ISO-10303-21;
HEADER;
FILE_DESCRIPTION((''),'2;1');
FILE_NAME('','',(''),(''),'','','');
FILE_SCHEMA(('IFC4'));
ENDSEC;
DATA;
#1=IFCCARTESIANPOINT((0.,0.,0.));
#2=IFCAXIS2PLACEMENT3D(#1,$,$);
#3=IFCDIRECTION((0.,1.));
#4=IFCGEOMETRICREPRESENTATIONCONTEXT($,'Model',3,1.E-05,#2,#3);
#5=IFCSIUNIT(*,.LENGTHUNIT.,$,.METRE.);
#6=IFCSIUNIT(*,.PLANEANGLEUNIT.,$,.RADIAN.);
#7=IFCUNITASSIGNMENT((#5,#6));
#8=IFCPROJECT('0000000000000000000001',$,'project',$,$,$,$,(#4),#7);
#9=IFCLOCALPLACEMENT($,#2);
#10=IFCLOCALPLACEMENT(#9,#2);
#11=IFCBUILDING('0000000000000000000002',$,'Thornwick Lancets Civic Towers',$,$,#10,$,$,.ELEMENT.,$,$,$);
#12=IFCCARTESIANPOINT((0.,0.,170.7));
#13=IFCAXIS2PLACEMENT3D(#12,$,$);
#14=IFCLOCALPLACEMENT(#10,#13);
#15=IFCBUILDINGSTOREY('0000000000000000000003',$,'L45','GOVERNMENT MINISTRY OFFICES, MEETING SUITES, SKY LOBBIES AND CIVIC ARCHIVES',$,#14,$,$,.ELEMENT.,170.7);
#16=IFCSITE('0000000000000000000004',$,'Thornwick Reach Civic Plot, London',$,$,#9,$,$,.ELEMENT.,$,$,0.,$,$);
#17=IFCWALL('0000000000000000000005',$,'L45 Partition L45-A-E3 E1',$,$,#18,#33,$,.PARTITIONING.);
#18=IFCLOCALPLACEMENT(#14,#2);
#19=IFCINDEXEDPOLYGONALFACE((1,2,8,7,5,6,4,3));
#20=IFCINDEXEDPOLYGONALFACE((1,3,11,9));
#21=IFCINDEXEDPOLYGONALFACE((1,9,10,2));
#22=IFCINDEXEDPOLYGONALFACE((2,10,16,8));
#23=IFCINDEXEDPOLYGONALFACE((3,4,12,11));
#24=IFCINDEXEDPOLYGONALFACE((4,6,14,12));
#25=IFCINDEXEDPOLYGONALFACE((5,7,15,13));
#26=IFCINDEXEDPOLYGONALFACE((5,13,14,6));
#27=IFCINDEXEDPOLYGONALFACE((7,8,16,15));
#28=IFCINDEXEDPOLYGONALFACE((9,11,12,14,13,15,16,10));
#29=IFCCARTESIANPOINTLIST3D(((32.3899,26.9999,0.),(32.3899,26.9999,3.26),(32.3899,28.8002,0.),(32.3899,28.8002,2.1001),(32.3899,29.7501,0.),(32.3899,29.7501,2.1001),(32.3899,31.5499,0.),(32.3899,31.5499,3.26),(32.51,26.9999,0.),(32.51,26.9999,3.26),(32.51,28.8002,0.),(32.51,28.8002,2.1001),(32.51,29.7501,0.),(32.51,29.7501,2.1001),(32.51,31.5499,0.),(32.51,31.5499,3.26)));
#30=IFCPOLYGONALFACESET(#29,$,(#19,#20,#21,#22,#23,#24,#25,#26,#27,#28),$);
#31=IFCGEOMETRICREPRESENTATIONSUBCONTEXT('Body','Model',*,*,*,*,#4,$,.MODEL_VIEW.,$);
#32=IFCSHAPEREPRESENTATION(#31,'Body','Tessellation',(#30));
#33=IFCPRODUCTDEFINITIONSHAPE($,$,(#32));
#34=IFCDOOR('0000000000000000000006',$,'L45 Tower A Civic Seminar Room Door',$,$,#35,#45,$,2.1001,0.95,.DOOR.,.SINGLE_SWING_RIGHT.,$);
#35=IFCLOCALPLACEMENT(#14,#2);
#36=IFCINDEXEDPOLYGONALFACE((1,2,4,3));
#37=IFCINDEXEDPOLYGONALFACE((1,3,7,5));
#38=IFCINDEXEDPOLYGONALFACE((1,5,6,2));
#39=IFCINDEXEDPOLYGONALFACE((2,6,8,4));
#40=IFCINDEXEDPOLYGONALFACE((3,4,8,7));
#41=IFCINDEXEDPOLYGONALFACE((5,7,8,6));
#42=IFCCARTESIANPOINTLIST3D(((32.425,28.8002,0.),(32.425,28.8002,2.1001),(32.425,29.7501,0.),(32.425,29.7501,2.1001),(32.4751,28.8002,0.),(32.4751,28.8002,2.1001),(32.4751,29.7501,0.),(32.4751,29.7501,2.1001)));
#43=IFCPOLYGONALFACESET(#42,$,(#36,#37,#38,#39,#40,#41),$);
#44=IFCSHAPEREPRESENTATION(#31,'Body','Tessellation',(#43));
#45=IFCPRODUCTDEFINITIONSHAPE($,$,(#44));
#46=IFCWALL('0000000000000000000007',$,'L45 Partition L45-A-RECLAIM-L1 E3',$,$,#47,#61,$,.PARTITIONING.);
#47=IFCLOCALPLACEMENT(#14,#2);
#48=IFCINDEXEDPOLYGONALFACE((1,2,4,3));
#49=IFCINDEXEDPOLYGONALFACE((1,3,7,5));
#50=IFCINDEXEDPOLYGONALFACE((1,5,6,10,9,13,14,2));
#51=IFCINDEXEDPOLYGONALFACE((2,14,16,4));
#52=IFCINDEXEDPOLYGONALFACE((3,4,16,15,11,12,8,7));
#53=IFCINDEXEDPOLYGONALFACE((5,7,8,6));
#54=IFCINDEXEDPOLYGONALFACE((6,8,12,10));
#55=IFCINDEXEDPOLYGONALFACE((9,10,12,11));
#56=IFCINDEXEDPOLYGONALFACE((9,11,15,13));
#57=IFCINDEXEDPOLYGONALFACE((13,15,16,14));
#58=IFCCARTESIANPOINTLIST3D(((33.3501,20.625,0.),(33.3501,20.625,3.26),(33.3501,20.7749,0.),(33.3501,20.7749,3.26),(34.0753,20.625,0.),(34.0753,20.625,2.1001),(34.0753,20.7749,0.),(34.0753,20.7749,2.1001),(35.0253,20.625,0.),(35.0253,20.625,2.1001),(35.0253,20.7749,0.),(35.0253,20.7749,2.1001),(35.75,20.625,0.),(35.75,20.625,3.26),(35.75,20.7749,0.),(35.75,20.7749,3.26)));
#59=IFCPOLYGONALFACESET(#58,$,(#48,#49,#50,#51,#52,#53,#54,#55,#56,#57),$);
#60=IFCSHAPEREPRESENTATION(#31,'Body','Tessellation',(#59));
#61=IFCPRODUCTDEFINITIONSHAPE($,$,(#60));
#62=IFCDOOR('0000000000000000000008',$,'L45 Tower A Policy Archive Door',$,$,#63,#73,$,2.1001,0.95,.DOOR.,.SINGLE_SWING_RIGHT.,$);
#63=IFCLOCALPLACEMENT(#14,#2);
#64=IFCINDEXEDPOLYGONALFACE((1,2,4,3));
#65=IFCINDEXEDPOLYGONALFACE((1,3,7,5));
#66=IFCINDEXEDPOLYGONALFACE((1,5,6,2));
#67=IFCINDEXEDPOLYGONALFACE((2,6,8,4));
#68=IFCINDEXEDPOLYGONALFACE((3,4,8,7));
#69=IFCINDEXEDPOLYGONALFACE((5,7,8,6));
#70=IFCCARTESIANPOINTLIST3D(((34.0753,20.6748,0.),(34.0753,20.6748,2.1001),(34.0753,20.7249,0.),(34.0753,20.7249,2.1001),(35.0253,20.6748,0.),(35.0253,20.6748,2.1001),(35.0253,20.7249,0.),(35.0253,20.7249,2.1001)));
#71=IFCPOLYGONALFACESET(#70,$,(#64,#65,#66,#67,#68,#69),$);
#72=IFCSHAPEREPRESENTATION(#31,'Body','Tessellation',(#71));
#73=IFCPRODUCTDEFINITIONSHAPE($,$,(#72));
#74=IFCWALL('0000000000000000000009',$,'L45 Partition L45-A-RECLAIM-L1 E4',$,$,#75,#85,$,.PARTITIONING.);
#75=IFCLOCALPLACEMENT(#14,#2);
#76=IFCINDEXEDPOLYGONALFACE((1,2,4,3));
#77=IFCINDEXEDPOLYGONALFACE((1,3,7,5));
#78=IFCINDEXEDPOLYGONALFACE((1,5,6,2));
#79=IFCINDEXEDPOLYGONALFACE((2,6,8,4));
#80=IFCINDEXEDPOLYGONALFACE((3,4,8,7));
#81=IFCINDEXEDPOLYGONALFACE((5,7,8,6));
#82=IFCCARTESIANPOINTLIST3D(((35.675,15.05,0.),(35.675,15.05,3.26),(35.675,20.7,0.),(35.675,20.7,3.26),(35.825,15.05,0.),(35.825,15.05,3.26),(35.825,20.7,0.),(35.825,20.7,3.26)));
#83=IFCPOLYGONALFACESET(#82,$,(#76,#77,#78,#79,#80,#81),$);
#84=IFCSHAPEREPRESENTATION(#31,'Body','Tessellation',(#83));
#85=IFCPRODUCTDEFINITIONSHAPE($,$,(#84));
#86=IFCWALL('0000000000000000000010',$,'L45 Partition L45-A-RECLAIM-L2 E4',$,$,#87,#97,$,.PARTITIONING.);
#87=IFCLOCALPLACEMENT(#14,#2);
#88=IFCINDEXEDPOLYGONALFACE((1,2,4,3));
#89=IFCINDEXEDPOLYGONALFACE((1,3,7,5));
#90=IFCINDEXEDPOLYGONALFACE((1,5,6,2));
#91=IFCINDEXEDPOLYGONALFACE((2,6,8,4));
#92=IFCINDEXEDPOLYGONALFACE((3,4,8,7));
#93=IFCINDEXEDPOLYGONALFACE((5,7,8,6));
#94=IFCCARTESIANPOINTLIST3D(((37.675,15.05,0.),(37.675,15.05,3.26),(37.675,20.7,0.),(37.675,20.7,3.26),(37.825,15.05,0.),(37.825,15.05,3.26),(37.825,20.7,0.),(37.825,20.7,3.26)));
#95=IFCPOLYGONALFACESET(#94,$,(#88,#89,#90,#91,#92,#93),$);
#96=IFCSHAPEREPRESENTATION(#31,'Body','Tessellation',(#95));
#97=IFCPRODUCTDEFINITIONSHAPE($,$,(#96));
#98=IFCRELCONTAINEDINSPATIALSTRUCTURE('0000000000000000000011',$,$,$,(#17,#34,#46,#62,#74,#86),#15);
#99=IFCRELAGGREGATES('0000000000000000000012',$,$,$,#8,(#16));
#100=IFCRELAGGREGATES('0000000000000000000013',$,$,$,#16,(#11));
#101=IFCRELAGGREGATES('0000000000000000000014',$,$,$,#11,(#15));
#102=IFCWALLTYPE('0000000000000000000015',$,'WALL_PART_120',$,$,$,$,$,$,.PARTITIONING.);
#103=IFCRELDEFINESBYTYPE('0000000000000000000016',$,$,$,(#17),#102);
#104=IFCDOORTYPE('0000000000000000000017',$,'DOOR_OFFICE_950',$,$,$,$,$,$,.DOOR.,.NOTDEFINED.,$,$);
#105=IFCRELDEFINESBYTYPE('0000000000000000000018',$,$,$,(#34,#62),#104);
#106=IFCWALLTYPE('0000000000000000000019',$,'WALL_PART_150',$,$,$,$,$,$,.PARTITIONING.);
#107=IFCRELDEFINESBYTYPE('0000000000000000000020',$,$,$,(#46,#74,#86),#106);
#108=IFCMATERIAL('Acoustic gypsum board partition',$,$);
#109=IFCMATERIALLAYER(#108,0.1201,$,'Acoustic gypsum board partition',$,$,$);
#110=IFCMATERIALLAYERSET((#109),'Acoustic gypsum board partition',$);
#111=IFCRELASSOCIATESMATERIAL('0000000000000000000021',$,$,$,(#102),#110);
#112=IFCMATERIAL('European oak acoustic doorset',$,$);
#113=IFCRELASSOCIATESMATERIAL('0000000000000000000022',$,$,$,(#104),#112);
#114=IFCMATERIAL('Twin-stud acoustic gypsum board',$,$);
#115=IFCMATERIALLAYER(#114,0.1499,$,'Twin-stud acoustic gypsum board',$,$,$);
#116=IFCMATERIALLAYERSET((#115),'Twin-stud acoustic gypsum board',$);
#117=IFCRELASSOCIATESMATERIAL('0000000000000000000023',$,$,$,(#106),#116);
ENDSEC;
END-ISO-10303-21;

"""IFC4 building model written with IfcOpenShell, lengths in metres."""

from ifc_helpers import new_model, si_unit, direction, frame, frame_2d, origin, place, context, subcontext, project, spatial, rectangle, extrude, material, layer, layer_set, type_object, element, fill, save


model = new_model("IFC4")

# Units and contexts
model_context = context("Model", 3, precision=1e-05, world=origin(), true_north=direction((0.0, 1.0)))
body_context = subcontext(model_context, "Body", "Model", "MODEL_VIEW")
ifc_project = project(units=[si_unit("LENGTHUNIT", "METRE"), si_unit("PLANEANGLEUNIT", "RADIAN")], contexts=[model_context])

# Site, building, storey
site_placement = place(None, origin())
site = spatial("IfcSite", under=ifc_project, at=site_placement, Name="Thornwick Reach Civic Plot, London", CompositionType="ELEMENT", RefElevation=0.0)
building_placement = place(site_placement, origin())
building = spatial("IfcBuilding", under=site, at=building_placement, Name="Thornwick Lancets Civic Towers", CompositionType="ELEMENT")
storey_placement = place(building_placement, frame((0.0, 0.0, 170.7)))
storey = spatial("IfcBuildingStorey", under=building, at=storey_placement, Name="L45", Description="GOVERNMENT MINISTRY OFFICES, MEETING SUITES, SKY LOBBIES AND CIVIC ARCHIVES", CompositionType="ELEMENT", Elevation=170.7)

# Shared definitions
ifc_material_1 = material(Name="Acoustic gypsum board partition")
ifc_layer_1 = layer(ifc_material_1, 0.1201, Name="Acoustic gypsum board partition")
ifc_layer_set_1 = layer_set([ifc_layer_1], Name="Acoustic gypsum board partition")
wall_type_1 = type_object("IfcWallType", Name="WALL_PART_120", PredefinedType="PARTITIONING", material=ifc_layer_set_1)
ifc_material_2 = material(Name="European oak acoustic doorset")
door_type_1 = type_object("IfcDoorType", Name="DOOR_OFFICE_950", OperationType="NOTDEFINED", PredefinedType="DOOR", material=ifc_material_2)

# Walls, openings, doors
wall_1_placement = place(storey_placement, frame((32.45, 27.0, 0.0), z_axis=(0.0, 0.0, 1.0), x_axis=(0.0, 1.0, 0.0)))
wall_1 = element("IfcWall", 1, at=wall_1_placement, inside=storey, type_object=wall_type_1, Name="L45 Partition L45-A-E3 E1", PredefinedType="PARTITIONING", context=body_context, shape_type="SweptSolid", body=[
    extrude(rectangle(XDim=4.55, YDim=0.1201, at=frame_2d((2.2749, 0.0))), origin(), (0.0, 0.0, 1.0), 3.26),
])
opening_1_placement = place(wall_1_placement, frame((1.8, 0.0, 0.0)))
opening_1 = element("IfcOpeningElement", 2, at=opening_1_placement, cuts=wall_1, PredefinedType="OPENING", context=body_context, shape_type="SweptSolid", body=[
    extrude(rectangle(XDim=0.95, YDim=2.1001, at=frame_2d((0.4751, 1.05))), frame((0.0, 0.0701, 0.0), z_axis=(0.0, -1.0, 0.0), x_axis=(1.0, 0.0, 0.0)), (0.0, 0.0, 1.0), 0.1401),
])
door_1_placement = place(opening_1_placement, origin())
door_1 = element("IfcDoor", 3, at=door_1_placement, inside=storey, type_object=door_type_1, Name="L45 Tower A Civic Seminar Room Door", OperationType="SINGLE_SWING_RIGHT", OverallHeight=2.1001, OverallWidth=0.95, PredefinedType="DOOR", context=body_context, shape_type="SweptSolid", body=[
    extrude(rectangle(XDim=0.95, YDim=2.1001, at=frame_2d((0.4751, 1.05))), frame((0.0, 0.0249, 0.0), z_axis=(0.0, -1.0, 0.0), x_axis=(1.0, 0.0, 0.0)), (0.0, 0.0, 1.0), 0.05),
])
fill(opening_1, door_1)
ifc_material_3 = material(Name="Twin-stud acoustic gypsum board")
ifc_layer_2 = layer(ifc_material_3, 0.1499, Name="Twin-stud acoustic gypsum board")
ifc_layer_set_2 = layer_set([ifc_layer_2], Name="Twin-stud acoustic gypsum board")
wall_type_2 = type_object("IfcWallType", Name="WALL_PART_150", PredefinedType="PARTITIONING", material=ifc_layer_set_2)
wall_2_placement = place(storey_placement, frame((33.3501, 20.7, 0.0), z_axis=(0.0, 0.0, 1.0), x_axis=(1.0, 0.0, 0.0)))
wall_2 = element("IfcWall", 4, at=wall_2_placement, inside=storey, type_object=wall_type_2, Name="L45 Partition L45-A-RECLAIM-L1 E3", PredefinedType="PARTITIONING", context=body_context, shape_type="SweptSolid", body=[
    extrude(rectangle(XDim=2.3999, YDim=0.1499, at=frame_2d((1.2, 0.0))), origin(), (0.0, 0.0, 1.0), 3.26),
])
opening_2_placement = place(wall_2_placement, frame((0.7251, 0.0, 0.0)))
opening_2 = element("IfcOpeningElement", 5, at=opening_2_placement, cuts=wall_2, PredefinedType="OPENING", context=body_context, shape_type="SweptSolid", body=[
    extrude(rectangle(XDim=0.95, YDim=2.1001, at=frame_2d((0.4751, 1.05))), frame((0.0, 0.085, 0.0), z_axis=(0.0, -1.0, 0.0), x_axis=(1.0, 0.0, 0.0)), (0.0, 0.0, 1.0), 0.1699),
])
door_2_placement = place(opening_2_placement, origin())
door_2 = element("IfcDoor", 6, at=door_2_placement, inside=storey, type_object=door_type_1, Name="L45 Tower A Policy Archive Door", OperationType="SINGLE_SWING_RIGHT", OverallHeight=2.1001, OverallWidth=0.95, PredefinedType="DOOR", context=body_context, shape_type="SweptSolid", body=[
    extrude(rectangle(XDim=0.95, YDim=2.1001, at=frame_2d((0.4751, 1.05))), frame((0.0, 0.0249, 0.0), z_axis=(0.0, -1.0, 0.0), x_axis=(1.0, 0.0, 0.0)), (0.0, 0.0, 1.0), 0.05),
])
fill(opening_2, door_2)

# Wall
wall_3_placement = place(storey_placement, frame((35.75, 20.7, 0.0), z_axis=(0.0, 0.0, 1.0), x_axis=(0.0, -1.0, 0.0)))
element("IfcWall", 7, at=wall_3_placement, inside=storey, type_object=wall_type_2, Name="L45 Partition L45-A-RECLAIM-L1 E4", PredefinedType="PARTITIONING", context=body_context, shape_type="SweptSolid", body=[
    extrude(rectangle(XDim=5.6499, YDim=0.1499, at=frame_2d((2.825, 0.0))), origin(), (0.0, 0.0, 1.0), 3.26),
])

# Wall
wall_4_placement = place(storey_placement, frame((37.75, 20.7, 0.0), z_axis=(0.0, 0.0, 1.0), x_axis=(0.0, -1.0, 0.0)))
element("IfcWall", 8, at=wall_4_placement, inside=storey, type_object=wall_type_2, Name="L45 Partition L45-A-RECLAIM-L2 E4", PredefinedType="PARTITIONING", context=body_context, shape_type="SweptSolid", body=[
    extrude(rectangle(XDim=5.6499, YDim=0.1499, at=frame_2d((2.825, 0.0))), origin(), (0.0, 0.0, 1.0), 3.26),
])

save(model, "model.ifc")
